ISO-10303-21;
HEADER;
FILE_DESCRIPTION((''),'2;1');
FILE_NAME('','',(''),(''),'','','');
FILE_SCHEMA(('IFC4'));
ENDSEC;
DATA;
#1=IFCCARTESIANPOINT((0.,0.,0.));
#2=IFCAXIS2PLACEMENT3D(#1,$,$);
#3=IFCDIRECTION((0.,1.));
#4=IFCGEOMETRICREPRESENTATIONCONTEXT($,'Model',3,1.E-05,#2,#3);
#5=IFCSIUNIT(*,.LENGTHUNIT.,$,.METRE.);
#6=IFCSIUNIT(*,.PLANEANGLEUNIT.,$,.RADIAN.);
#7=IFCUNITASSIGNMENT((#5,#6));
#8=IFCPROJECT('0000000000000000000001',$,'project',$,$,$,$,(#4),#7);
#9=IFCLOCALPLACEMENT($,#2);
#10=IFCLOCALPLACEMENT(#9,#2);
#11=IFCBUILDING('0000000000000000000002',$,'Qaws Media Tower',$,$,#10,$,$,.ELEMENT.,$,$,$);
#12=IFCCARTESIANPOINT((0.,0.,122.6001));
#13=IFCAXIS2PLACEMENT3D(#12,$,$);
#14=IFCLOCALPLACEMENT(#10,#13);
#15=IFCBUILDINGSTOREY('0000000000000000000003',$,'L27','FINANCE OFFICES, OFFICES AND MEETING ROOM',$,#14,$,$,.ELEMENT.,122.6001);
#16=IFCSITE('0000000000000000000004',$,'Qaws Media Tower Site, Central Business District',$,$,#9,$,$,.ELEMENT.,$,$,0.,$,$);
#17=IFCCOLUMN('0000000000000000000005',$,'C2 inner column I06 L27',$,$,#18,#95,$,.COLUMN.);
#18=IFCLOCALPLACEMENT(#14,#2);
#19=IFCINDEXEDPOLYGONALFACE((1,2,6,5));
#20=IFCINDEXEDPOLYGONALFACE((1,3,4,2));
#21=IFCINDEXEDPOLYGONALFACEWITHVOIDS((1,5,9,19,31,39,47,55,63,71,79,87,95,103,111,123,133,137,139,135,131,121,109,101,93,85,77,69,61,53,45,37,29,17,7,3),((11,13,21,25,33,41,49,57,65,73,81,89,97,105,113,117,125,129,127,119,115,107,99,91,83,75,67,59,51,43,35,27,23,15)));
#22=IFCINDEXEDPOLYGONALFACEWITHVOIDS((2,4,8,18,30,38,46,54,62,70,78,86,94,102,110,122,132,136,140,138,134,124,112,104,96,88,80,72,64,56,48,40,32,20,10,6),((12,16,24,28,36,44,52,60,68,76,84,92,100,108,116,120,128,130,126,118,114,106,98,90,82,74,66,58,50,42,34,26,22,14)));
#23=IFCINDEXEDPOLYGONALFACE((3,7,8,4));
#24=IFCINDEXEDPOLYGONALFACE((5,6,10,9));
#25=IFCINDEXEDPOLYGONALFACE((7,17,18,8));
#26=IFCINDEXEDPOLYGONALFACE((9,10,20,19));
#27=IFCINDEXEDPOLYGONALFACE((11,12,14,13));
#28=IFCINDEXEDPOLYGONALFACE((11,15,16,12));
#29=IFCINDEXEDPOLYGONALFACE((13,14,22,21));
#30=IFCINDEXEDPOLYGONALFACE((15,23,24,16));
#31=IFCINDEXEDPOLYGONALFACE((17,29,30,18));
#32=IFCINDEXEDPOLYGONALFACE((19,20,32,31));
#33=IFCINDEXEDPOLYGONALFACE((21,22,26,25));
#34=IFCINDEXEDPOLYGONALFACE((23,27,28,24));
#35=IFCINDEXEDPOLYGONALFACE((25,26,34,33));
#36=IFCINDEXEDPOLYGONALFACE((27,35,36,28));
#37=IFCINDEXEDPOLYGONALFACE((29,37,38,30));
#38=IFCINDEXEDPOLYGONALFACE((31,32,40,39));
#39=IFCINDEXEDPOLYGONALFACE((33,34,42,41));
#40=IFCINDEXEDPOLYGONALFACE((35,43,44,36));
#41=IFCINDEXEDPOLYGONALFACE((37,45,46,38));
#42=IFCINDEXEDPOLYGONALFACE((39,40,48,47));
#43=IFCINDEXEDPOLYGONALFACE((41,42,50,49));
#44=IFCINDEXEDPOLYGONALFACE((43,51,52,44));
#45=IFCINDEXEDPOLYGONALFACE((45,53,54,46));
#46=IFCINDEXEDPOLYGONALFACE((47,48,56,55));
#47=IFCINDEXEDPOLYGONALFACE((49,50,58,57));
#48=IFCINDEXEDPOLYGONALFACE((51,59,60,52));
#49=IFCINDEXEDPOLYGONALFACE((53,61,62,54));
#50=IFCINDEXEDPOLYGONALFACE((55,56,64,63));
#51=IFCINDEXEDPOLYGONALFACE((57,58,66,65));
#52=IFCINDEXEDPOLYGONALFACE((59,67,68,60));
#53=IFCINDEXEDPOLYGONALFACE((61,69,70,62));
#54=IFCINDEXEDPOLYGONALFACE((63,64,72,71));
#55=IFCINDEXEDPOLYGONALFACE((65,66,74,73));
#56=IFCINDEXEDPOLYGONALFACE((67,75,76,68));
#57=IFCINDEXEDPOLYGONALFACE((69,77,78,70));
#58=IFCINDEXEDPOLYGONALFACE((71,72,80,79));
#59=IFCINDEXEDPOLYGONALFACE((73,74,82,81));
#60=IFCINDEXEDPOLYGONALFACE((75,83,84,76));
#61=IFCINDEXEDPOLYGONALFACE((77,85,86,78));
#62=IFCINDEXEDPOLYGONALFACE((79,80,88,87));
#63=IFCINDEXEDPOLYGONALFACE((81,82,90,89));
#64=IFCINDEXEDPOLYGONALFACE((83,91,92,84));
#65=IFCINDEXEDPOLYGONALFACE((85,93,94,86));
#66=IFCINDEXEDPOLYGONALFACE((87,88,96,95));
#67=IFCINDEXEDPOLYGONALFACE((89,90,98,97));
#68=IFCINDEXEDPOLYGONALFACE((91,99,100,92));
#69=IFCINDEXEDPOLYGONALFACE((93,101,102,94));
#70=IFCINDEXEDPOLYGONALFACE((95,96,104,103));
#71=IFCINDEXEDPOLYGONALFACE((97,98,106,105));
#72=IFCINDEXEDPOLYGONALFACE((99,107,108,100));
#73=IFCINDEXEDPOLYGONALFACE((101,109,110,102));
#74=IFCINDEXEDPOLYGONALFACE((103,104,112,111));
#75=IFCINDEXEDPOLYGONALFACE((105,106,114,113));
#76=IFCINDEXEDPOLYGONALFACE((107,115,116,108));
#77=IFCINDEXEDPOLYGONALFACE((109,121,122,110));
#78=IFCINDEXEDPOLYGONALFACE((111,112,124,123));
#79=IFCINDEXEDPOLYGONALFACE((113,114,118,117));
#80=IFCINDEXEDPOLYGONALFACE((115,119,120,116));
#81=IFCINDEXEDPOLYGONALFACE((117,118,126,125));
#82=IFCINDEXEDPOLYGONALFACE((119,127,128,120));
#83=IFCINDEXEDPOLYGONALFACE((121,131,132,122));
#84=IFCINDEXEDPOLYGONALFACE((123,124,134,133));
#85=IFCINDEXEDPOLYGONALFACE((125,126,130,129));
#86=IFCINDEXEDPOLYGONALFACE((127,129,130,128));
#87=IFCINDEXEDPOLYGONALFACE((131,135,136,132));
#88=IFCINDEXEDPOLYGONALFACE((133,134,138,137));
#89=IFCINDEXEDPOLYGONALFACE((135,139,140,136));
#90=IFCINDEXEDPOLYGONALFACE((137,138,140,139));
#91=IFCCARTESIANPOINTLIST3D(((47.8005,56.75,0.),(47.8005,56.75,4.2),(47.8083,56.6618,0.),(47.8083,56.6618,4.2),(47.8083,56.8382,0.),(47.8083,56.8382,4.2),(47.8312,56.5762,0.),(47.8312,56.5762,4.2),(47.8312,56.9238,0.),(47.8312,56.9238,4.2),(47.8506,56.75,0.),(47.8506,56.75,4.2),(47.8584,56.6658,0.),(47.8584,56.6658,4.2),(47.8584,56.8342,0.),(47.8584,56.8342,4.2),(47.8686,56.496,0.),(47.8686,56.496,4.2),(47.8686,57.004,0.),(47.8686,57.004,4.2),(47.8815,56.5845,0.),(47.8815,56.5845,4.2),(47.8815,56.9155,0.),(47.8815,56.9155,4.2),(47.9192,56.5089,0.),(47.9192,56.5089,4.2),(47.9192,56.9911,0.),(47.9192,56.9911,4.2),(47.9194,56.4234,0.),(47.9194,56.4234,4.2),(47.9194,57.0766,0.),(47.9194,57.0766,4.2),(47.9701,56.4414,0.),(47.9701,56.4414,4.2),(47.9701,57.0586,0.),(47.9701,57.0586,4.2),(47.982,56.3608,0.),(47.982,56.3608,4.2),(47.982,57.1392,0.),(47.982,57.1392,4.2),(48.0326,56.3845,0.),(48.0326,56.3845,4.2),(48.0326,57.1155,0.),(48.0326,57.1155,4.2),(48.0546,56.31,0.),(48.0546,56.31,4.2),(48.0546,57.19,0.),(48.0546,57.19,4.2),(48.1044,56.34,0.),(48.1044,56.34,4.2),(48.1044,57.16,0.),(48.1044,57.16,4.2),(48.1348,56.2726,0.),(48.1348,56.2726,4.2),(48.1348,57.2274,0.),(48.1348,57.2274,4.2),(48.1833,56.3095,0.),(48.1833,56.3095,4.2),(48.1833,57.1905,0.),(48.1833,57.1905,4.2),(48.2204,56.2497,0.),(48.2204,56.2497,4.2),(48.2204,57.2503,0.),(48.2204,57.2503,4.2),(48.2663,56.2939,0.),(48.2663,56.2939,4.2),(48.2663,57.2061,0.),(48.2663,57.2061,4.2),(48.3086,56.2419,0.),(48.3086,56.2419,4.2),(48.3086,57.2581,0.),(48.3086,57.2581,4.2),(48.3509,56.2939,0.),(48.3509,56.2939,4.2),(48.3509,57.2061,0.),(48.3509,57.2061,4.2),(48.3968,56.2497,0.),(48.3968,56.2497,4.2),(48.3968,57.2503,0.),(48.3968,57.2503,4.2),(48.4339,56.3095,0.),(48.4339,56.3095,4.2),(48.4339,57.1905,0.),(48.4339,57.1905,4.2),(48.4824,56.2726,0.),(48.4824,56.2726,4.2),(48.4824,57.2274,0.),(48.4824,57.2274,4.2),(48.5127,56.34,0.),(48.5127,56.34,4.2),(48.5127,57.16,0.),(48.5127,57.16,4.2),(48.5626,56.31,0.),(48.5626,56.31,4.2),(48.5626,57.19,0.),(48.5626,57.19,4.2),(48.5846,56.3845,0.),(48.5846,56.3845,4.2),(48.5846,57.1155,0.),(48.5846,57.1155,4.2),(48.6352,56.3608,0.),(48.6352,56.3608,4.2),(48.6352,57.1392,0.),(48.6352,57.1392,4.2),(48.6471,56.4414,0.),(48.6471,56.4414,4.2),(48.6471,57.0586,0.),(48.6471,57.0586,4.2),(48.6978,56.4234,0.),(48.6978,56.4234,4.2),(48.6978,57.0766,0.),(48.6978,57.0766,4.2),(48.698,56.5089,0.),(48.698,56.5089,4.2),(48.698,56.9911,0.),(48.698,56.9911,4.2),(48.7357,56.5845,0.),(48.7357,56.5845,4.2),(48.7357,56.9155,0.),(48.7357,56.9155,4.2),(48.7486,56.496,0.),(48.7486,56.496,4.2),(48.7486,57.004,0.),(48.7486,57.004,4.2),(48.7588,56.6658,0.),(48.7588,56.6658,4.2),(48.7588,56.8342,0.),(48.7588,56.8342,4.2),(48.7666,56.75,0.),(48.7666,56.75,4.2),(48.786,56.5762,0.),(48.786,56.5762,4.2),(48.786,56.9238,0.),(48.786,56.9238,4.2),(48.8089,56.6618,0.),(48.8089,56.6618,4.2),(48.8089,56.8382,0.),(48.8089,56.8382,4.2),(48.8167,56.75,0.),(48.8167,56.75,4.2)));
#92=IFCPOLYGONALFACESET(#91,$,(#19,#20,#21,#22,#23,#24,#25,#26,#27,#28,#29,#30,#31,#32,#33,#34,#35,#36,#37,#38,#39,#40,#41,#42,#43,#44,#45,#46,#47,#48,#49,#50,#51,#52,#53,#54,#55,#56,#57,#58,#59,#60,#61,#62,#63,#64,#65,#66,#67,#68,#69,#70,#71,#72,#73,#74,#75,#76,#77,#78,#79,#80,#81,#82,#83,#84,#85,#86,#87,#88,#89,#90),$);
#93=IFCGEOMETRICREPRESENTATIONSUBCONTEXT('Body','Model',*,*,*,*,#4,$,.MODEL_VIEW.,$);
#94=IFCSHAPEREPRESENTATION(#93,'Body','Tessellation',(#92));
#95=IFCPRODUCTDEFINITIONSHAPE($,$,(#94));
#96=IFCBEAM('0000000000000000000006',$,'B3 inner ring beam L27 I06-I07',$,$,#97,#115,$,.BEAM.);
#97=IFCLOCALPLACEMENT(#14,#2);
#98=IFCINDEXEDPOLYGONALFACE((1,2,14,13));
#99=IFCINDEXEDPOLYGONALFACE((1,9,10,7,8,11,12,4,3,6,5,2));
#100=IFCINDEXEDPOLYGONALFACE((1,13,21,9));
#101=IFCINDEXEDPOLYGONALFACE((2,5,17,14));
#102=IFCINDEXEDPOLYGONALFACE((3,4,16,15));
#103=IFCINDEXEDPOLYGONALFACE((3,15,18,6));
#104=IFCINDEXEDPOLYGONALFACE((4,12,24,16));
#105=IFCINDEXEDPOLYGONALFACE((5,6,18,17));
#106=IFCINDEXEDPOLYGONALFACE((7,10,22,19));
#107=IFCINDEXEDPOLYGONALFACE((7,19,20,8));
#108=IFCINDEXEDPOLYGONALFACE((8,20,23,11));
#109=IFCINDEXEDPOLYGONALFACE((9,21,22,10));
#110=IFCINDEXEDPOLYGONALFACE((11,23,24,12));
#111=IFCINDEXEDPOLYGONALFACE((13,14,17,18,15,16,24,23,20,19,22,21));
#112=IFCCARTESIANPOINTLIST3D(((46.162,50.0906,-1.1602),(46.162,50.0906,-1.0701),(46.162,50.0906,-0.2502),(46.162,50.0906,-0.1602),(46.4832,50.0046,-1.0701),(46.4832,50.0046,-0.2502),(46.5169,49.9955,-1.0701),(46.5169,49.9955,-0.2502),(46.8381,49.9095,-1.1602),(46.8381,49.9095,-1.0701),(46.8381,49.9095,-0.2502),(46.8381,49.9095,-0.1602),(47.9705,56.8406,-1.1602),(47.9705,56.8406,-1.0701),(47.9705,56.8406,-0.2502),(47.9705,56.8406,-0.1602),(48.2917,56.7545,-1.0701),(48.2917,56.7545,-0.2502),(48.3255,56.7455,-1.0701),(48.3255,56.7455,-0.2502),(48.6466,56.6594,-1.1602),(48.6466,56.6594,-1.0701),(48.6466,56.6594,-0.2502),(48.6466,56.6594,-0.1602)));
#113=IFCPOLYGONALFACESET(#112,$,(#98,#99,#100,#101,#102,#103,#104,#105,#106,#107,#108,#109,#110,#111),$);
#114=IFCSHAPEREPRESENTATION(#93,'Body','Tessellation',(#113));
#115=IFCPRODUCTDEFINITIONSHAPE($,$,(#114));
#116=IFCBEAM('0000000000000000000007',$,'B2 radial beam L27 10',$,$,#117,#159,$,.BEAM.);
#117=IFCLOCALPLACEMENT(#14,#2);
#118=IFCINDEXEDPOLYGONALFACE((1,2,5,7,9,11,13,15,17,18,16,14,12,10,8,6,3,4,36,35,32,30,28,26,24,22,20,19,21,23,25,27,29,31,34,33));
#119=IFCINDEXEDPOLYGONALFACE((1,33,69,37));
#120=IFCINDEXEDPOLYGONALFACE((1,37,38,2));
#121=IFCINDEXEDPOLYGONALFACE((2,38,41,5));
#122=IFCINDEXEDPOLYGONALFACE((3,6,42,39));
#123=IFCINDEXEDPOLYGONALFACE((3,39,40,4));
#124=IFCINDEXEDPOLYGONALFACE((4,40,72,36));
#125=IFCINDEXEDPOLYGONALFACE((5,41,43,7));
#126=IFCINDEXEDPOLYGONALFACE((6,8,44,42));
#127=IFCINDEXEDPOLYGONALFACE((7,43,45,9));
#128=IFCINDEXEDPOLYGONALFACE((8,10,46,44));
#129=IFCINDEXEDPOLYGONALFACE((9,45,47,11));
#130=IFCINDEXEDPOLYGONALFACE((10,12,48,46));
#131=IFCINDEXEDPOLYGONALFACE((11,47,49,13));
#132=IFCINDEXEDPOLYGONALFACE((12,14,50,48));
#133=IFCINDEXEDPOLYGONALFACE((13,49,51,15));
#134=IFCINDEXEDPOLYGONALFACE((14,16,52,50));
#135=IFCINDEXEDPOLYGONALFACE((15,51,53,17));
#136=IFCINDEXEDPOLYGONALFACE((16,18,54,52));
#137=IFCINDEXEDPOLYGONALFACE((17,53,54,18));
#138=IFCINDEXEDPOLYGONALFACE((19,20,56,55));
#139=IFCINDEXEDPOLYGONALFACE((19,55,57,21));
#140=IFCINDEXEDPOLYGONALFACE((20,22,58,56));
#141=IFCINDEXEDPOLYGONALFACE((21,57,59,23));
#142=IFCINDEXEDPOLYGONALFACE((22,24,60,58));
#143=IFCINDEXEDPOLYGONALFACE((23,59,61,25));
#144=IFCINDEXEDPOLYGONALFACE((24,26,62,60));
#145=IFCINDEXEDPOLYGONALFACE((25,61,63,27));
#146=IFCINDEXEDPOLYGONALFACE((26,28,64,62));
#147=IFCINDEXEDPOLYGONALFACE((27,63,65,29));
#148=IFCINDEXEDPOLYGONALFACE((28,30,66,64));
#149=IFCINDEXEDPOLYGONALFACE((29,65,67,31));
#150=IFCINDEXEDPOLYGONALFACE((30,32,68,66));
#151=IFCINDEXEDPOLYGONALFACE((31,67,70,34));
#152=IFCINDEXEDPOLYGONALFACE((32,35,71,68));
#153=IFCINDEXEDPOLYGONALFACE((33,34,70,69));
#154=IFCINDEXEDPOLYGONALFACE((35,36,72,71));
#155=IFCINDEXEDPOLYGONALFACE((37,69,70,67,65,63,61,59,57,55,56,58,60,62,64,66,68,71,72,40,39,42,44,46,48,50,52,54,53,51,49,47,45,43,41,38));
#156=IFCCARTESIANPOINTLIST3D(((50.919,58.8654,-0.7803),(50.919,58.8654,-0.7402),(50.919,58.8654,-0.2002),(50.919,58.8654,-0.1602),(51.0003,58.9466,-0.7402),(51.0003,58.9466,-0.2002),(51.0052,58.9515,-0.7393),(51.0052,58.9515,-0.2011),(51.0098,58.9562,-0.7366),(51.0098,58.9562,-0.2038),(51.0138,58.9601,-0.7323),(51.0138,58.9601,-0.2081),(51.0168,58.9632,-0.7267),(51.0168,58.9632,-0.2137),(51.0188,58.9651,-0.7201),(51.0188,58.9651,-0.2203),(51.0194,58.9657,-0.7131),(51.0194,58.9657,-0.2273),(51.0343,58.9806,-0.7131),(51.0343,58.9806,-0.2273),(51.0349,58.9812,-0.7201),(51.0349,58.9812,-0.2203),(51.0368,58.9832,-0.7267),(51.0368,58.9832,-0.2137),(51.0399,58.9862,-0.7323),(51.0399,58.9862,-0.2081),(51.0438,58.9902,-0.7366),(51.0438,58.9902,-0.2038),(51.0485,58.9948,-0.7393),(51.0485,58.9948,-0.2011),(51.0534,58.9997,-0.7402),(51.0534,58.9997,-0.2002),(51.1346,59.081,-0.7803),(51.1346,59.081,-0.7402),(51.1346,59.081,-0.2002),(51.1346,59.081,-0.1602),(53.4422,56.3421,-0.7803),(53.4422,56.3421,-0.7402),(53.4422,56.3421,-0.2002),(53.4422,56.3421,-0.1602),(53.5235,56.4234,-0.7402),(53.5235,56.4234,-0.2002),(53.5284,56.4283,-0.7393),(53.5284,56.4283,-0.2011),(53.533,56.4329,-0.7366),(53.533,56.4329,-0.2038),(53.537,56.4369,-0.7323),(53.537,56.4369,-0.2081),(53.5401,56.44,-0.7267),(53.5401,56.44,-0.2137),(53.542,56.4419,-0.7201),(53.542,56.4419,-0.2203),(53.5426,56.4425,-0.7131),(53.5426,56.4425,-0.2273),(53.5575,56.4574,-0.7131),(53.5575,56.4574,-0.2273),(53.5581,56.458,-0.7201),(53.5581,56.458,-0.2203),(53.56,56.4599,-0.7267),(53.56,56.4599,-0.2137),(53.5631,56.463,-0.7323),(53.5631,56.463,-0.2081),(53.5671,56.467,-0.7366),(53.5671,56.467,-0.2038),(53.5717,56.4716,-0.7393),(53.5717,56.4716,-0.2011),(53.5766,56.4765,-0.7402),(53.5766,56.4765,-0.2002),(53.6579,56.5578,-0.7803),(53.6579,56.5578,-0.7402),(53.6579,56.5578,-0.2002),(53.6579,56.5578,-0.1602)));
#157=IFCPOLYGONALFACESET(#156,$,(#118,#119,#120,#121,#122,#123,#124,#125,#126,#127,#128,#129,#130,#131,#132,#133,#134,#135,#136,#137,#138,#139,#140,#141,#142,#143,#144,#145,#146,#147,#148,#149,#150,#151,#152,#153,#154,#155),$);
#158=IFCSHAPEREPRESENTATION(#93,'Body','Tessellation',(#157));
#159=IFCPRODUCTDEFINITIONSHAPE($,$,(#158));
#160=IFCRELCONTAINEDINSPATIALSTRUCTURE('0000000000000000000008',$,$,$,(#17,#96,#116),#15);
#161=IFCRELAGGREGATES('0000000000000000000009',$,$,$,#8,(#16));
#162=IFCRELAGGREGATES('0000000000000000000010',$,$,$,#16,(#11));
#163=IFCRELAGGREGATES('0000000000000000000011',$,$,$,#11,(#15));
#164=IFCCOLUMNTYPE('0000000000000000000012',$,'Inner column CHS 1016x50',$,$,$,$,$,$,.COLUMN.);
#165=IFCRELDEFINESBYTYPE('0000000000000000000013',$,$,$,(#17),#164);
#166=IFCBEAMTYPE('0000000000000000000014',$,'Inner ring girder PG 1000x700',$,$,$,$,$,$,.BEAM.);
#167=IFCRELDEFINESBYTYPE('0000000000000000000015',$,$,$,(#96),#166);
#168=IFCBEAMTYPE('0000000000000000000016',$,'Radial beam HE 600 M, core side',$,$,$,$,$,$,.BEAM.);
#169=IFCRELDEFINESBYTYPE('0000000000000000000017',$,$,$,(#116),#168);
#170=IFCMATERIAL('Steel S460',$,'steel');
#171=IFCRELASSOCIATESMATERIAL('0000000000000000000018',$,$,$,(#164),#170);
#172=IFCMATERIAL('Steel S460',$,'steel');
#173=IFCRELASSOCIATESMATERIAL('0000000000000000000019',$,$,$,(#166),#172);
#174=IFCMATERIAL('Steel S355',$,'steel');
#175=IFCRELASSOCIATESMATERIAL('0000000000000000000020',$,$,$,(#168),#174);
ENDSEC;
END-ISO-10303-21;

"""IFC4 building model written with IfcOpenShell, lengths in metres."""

from ifc_helpers import new_model, si_unit, direction, frame, origin, origin_2d, place, context, subcontext, project, spatial, hollow_circle, i_section, extrude, material, material_profile, profile_set, type_object, element, save


model = new_model("IFC4")

# Units and contexts
model_context = context("Model", 3, precision=1e-05, world=origin(), true_north=direction((0.0, 1.0)))
body_context = subcontext(model_context, "Body", "Model", "MODEL_VIEW")
ifc_project = project(units=[si_unit("LENGTHUNIT", "METRE"), si_unit("PLANEANGLEUNIT", "RADIAN")], contexts=[model_context])

# Site, building, storey
site_placement = place(None, origin())
site = spatial("IfcSite", under=ifc_project, at=site_placement, Name="Qaws Media Tower Site, Central Business District", CompositionType="ELEMENT", RefElevation=0.0)
building_placement = place(site_placement, origin())
building = spatial("IfcBuilding", under=site, at=building_placement, Name="Qaws Media Tower", CompositionType="ELEMENT")
storey_placement = place(building_placement, frame((0.0, 0.0, 122.6001)))
storey = spatial("IfcBuildingStorey", under=building, at=storey_placement, Name="L27", Description="FINANCE OFFICES, OFFICES AND MEETING ROOM", CompositionType="ELEMENT", Elevation=122.6001)

# Column
ifc_material_1 = material(Name="Steel S460", Category="steel")
ifc_material_profile_1 = material_profile(ifc_material_1, hollow_circle(Radius=0.5081, WallThickness=0.05, at=origin_2d()), Name="CHS 1016x50")
ifc_profile_set_1 = profile_set([ifc_material_profile_1], Name="Steel S460")
column_type = type_object("IfcColumnType", Name="Inner column CHS 1016x50", PredefinedType="COLUMN", material=ifc_profile_set_1)
column_placement = place(storey_placement, frame((48.3086, 56.75, 0.0), z_axis=(0.0, 0.0, 1.0), x_axis=(1.0, 0.0, 0.0)))
element("IfcColumn", 1, at=column_placement, inside=storey, type_object=column_type, Name="C2 inner column I06 L27", PredefinedType="COLUMN", context=body_context, shape_type="SweptSolid", body=[
    extrude(hollow_circle(Radius=0.5081, WallThickness=0.05, at=origin_2d()), origin(), (0.0, 0.0, 1.0), 4.2),
])

# Beams
ifc_material_2 = material(Name="Steel S460", Category="steel")
ifc_material_profile_2 = material_profile(ifc_material_2, i_section(OverallWidth=0.7, OverallDepth=1.0, WebThickness=0.0349, FlangeThickness=0.0901, at=origin_2d()), Name="PG 1000x700")
ifc_profile_set_2 = profile_set([ifc_material_profile_2], Name="Steel S460")
beam_type_1 = type_object("IfcBeamType", Name="Inner ring girder PG 1000x700", PredefinedType="BEAM", material=ifc_profile_set_2)
beam_1_placement = place(storey_placement, frame((48.3086, 56.75, -0.6602), z_axis=(-0.258811, -0.965928, 0.0), x_axis=(0.965928, -0.258811, 0.0)))
element("IfcBeam", 2, at=beam_1_placement, inside=storey, type_object=beam_type_1, Name="B3 inner ring beam L27 I06-I07", PredefinedType="BEAM", context=body_context, shape_type="SweptSolid", body=[
    extrude(i_section(OverallWidth=0.7, OverallDepth=1.0, WebThickness=0.0349, FlangeThickness=0.0901, at=origin_2d()), origin(), (0.0, 0.0, 1.0), 6.988),
])
ifc_material_3 = material(Name="Steel S355", Category="steel")
ifc_material_profile_3 = material_profile(ifc_material_3, i_section(OverallWidth=0.3049, OverallDepth=0.6201, WebThickness=0.021, FlangeThickness=0.04, FilletRadius=0.0271, at=origin_2d()), Name="HE 600 M")
ifc_profile_set_3 = profile_set([ifc_material_profile_3], Name="Steel S355")
beam_type_2 = type_object("IfcBeamType", Name="Radial beam HE 600 M, core side", PredefinedType="BEAM", material=ifc_profile_set_3)
beam_2_placement = place(storey_placement, frame((53.55, 56.45, -0.4702), z_axis=(-0.707107, 0.707107, 0.0), x_axis=(-0.707107, -0.707107, 0.0)))
element("IfcBeam", 3, at=beam_2_placement, inside=storey, type_object=beam_type_2, Name="B2 radial beam L27 10", PredefinedType="BEAM", context=body_context, shape_type="SweptSolid", body=[
    extrude(i_section(OverallWidth=0.3049, OverallDepth=0.6201, WebThickness=0.021, FlangeThickness=0.04, FilletRadius=0.0271, at=origin_2d()), origin(), (0.0, 0.0, 1.0), 3.5684),
])

save(model, "model.ifc")
